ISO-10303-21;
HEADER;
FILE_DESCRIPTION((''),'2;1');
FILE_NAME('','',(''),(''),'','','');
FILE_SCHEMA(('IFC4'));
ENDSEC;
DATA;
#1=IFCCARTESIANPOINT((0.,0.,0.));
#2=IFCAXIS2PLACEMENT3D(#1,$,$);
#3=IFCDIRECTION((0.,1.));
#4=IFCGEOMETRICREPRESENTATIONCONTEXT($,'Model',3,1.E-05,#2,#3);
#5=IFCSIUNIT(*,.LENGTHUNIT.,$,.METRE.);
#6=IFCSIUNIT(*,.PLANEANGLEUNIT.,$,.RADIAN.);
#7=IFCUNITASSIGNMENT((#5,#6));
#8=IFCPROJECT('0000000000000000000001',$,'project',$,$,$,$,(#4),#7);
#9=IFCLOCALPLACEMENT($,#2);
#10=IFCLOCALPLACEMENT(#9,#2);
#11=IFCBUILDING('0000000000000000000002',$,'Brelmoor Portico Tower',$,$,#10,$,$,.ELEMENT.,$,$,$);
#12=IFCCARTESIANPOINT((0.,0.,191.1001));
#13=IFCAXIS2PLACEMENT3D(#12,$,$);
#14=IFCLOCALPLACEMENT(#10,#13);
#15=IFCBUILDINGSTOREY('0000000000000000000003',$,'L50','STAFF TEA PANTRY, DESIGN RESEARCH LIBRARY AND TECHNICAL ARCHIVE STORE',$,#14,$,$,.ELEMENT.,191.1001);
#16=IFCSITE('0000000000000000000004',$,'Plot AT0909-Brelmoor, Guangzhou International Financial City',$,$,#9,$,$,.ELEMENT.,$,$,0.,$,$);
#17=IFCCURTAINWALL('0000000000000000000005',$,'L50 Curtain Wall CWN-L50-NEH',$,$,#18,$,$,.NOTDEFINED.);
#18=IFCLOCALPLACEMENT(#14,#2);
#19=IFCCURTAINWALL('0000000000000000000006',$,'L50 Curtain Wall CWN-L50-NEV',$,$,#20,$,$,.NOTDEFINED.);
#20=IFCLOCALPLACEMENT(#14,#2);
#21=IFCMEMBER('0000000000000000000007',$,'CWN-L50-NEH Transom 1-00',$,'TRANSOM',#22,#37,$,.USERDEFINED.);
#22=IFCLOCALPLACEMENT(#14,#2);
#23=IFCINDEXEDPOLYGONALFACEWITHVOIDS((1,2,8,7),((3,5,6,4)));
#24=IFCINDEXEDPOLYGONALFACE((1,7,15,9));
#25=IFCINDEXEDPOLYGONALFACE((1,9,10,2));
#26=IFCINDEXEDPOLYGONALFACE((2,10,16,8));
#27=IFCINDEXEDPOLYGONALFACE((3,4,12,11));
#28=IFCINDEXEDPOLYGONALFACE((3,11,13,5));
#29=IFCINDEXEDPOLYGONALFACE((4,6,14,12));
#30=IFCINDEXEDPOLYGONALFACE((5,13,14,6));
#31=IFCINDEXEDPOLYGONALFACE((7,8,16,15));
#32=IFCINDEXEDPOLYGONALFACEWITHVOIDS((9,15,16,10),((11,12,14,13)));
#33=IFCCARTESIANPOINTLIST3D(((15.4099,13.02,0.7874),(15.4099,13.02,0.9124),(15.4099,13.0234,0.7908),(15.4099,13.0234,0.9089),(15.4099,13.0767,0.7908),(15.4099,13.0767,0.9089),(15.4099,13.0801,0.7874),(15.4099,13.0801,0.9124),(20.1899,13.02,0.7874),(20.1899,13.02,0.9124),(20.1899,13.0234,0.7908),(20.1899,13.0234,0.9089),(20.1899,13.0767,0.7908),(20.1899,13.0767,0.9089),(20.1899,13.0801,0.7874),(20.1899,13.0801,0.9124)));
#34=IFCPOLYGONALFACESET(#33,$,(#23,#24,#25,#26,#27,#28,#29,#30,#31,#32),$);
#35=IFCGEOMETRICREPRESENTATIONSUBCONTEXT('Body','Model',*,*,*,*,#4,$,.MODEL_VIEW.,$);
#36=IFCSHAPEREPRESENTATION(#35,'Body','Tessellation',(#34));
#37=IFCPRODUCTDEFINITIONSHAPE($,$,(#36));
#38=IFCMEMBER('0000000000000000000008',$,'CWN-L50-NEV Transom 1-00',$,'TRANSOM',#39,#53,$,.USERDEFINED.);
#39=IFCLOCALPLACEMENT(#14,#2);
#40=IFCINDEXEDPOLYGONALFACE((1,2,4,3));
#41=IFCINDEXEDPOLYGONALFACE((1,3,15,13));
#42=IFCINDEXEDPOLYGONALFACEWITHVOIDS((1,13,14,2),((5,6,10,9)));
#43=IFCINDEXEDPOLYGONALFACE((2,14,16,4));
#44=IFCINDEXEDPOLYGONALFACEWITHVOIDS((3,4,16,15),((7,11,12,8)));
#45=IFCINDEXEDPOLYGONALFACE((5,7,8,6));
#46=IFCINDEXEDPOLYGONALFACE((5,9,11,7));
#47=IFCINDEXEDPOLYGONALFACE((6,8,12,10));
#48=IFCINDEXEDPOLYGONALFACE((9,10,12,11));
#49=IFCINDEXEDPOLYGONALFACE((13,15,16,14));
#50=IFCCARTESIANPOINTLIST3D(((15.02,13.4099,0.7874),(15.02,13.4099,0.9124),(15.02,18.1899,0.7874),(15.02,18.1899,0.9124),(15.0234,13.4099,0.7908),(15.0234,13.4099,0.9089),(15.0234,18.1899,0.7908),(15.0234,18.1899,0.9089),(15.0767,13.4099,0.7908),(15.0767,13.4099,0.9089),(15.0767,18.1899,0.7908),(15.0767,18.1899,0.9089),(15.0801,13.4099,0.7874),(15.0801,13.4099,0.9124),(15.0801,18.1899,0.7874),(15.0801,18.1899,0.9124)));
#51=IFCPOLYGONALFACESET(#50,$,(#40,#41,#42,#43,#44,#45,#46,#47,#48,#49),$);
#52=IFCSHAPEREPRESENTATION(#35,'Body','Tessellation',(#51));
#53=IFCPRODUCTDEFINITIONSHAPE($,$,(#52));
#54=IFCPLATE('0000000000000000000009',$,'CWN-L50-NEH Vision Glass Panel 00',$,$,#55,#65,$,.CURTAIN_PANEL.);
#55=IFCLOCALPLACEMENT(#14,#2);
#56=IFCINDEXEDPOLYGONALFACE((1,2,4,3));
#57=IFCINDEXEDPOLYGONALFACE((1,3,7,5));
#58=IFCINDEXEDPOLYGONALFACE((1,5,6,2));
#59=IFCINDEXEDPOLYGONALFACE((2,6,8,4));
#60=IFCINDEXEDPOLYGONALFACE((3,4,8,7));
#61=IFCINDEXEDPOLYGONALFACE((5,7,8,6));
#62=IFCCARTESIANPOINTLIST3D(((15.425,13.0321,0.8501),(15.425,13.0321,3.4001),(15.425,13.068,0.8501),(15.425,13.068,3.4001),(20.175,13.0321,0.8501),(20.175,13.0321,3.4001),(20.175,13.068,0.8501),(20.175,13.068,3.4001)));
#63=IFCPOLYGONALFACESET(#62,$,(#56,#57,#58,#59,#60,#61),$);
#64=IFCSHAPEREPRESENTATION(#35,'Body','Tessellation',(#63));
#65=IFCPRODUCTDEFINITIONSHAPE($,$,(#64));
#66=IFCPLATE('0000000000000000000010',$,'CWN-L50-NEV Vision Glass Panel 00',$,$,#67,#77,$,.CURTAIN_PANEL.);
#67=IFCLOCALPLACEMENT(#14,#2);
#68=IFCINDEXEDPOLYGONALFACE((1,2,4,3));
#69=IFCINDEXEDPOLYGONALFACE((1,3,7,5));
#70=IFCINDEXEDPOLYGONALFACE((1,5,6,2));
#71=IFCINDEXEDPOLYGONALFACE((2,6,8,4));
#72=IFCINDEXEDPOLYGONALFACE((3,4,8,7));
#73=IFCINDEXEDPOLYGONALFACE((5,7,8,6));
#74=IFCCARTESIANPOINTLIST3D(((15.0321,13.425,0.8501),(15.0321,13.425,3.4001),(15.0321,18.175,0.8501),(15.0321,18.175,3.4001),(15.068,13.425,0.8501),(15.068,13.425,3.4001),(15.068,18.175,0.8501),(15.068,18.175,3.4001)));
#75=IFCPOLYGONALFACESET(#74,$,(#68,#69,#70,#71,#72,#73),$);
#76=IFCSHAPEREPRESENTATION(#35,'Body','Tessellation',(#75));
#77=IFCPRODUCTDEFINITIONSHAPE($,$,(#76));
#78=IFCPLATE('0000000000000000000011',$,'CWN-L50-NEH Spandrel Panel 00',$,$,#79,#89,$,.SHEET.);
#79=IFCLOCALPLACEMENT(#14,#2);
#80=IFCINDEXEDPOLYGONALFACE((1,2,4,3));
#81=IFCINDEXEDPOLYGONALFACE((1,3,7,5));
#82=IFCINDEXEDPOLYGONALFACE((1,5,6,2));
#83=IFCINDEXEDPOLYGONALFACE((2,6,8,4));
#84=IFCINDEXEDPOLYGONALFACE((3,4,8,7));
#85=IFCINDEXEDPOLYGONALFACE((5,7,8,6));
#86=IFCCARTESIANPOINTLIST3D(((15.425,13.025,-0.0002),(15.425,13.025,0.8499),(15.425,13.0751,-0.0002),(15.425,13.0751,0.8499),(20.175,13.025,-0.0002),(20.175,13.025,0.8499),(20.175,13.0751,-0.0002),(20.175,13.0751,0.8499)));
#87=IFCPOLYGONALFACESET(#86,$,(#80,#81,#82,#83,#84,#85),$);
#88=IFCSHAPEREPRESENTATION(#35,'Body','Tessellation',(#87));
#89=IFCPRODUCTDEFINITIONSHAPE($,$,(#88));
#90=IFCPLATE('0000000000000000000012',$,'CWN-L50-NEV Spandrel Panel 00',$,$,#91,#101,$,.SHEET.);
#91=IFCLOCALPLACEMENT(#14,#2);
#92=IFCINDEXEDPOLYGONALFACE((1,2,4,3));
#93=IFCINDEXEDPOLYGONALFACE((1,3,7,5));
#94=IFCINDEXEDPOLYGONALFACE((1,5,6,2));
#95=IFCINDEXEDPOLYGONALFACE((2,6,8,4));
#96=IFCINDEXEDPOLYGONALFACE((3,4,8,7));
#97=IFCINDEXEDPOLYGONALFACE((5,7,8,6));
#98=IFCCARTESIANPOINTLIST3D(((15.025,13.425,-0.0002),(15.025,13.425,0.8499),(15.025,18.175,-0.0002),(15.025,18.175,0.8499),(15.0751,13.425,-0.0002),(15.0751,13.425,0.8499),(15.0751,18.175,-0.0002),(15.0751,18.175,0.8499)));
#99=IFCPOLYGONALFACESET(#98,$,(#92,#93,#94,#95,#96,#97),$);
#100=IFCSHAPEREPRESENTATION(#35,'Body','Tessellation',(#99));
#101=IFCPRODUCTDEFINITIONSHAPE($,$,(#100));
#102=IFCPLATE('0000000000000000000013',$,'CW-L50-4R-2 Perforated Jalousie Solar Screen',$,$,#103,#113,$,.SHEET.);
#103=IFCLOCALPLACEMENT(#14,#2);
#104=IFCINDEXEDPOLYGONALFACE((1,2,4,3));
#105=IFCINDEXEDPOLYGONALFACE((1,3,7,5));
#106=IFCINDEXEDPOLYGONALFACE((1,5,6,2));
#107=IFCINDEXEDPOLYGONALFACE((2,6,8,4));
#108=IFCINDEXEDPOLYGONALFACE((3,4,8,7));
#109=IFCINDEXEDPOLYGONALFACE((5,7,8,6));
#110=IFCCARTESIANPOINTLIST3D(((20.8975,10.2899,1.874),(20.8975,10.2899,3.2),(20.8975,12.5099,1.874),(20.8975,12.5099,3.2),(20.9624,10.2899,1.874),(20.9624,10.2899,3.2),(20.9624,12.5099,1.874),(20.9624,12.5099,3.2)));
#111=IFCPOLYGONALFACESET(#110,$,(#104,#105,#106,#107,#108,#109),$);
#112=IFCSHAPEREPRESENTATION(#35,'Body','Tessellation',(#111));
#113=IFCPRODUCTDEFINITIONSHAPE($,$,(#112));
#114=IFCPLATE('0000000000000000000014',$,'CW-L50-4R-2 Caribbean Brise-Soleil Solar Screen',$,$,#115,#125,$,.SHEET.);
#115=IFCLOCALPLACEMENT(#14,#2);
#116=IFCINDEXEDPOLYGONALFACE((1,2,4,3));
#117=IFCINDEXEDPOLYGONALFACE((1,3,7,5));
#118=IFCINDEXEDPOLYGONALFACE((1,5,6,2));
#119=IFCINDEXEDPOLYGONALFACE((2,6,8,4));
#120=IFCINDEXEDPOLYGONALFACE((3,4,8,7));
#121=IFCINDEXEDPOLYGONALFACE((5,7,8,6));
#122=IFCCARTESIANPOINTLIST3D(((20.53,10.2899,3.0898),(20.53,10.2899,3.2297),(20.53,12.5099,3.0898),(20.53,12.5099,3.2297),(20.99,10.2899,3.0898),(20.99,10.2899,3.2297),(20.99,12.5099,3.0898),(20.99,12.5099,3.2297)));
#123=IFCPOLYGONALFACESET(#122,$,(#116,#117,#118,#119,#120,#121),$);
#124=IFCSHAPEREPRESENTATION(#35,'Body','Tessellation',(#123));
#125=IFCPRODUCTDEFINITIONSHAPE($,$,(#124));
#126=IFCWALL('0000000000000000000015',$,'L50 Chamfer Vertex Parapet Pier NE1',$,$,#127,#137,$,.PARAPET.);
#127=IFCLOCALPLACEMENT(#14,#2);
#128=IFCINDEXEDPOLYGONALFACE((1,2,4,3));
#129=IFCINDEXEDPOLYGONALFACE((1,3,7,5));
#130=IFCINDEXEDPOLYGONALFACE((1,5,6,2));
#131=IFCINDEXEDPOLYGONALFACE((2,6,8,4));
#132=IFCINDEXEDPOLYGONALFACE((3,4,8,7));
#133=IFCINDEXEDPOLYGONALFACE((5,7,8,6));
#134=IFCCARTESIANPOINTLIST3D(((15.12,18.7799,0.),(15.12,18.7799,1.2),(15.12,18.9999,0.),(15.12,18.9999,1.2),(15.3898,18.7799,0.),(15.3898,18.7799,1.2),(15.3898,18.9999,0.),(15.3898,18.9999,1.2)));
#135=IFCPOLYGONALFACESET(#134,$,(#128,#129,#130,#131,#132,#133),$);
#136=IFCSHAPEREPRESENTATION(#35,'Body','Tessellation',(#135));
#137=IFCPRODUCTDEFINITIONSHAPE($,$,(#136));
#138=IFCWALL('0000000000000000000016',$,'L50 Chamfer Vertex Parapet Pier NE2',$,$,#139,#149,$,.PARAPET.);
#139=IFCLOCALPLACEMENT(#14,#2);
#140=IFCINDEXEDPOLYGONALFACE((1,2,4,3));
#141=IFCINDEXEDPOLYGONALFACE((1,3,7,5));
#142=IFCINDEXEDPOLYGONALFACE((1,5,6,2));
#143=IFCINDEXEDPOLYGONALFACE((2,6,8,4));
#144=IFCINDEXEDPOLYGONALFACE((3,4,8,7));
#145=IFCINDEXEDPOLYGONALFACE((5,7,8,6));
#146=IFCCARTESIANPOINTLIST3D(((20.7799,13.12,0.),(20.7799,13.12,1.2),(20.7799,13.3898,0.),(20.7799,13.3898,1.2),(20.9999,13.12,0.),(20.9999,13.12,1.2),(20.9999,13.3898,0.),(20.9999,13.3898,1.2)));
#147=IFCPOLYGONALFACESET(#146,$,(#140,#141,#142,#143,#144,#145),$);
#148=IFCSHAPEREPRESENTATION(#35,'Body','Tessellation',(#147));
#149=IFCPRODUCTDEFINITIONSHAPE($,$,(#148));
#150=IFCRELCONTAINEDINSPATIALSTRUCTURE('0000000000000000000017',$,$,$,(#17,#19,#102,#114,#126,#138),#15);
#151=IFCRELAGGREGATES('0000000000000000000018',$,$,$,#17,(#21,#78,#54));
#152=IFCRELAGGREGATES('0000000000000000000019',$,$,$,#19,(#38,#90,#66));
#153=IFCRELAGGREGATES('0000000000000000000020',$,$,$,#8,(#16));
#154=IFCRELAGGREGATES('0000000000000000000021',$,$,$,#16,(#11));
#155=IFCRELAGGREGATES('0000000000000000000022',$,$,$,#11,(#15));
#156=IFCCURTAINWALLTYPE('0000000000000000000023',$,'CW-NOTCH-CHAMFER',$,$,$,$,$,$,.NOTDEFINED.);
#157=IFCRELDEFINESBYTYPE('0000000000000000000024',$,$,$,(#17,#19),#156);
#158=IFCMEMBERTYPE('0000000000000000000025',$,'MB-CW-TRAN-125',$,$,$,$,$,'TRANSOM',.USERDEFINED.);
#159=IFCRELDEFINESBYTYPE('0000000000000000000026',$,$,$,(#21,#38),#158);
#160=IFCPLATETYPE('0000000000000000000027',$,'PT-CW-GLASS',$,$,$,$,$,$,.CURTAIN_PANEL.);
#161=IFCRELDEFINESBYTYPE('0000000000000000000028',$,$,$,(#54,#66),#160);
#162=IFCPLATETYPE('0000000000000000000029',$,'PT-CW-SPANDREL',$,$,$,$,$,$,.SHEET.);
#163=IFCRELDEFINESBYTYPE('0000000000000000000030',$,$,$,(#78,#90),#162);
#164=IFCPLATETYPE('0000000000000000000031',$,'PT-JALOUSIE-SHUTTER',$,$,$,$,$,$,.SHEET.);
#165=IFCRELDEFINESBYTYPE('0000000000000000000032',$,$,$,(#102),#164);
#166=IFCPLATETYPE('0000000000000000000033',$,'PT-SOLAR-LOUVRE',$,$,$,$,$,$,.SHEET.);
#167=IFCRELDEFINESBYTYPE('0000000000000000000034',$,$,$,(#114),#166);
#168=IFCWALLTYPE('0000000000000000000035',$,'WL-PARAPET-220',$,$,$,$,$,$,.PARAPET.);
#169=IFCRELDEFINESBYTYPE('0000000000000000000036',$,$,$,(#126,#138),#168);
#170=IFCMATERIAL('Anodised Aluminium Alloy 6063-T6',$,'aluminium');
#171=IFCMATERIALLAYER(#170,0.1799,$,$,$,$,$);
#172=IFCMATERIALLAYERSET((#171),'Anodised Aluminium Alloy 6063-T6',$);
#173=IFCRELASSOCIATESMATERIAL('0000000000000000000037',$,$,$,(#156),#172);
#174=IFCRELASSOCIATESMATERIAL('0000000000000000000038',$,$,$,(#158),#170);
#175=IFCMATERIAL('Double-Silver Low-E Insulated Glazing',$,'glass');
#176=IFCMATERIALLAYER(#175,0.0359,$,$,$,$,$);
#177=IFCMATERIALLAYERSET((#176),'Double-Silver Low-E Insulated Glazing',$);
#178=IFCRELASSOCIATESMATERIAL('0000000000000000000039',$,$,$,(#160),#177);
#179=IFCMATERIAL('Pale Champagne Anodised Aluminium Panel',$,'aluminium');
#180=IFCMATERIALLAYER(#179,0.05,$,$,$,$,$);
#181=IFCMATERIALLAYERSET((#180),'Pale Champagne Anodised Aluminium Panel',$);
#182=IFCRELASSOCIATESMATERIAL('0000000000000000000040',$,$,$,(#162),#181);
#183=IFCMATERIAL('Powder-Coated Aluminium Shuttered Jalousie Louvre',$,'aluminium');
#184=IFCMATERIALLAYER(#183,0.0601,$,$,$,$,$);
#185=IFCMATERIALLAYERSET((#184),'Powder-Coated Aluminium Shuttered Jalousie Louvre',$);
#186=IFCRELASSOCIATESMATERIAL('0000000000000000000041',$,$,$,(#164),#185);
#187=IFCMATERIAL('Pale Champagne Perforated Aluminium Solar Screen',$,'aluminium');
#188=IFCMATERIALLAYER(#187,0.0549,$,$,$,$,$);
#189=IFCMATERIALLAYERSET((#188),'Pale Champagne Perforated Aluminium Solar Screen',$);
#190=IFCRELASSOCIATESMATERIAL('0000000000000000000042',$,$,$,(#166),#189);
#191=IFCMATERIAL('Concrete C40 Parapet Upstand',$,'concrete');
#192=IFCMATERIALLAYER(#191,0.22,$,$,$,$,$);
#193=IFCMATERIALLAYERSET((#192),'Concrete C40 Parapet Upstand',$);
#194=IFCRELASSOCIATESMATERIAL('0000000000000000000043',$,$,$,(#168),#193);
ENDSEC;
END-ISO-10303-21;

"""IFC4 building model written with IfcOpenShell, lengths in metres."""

from ifc_helpers import new_model, si_unit, direction, frame, frame_2d, origin, origin_2d, place, context, subcontext, project, spatial, rectangle, hollow_rectangle, extrude, material, layer, layer_set, material_profile, profile_set, type_object, element, aggregate, save


model = new_model("IFC4")

# Units and contexts
model_context = context("Model", 3, precision=1e-05, world=origin(), true_north=direction((0.0, 1.0)))
body_context = subcontext(model_context, "Body", "Model", "MODEL_VIEW")
ifc_project = project(units=[si_unit("LENGTHUNIT", "METRE"), si_unit("PLANEANGLEUNIT", "RADIAN")], contexts=[model_context])

# Site, building, storey
site_placement = place(None, origin())
site = spatial("IfcSite", under=ifc_project, at=site_placement, Name="Plot AT0909-Brelmoor, Guangzhou International Financial City", CompositionType="ELEMENT", RefElevation=0.0)
building_placement = place(site_placement, origin())
building = spatial("IfcBuilding", under=site, at=building_placement, Name="Brelmoor Portico Tower", CompositionType="ELEMENT")
storey_placement = place(building_placement, frame((0.0, 0.0, 191.1001)))
storey = spatial("IfcBuildingStorey", under=building, at=storey_placement, Name="L50", Description="STAFF TEA PANTRY, DESIGN RESEARCH LIBRARY AND TECHNICAL ARCHIVE STORE", CompositionType="ELEMENT", Elevation=191.1001)

# Shared definitions
ifc_material_1 = material(Name="Anodised Aluminium Alloy 6063-T6", Category="aluminium")

# Curtain walls
ifc_layer_1 = layer(ifc_material_1, 0.1799)
ifc_layer_set_1 = layer_set([ifc_layer_1], Name="Anodised Aluminium Alloy 6063-T6")
curtain_wall_type_1 = type_object("IfcCurtainWallType", Name="CW-NOTCH-CHAMFER", PredefinedType="NOTDEFINED", material=ifc_layer_set_1)
curtain_wall_1_placement = place(storey_placement, origin())
curtain_wall_1 = element("IfcCurtainWall", 1, at=curtain_wall_1_placement, inside=storey, type_object=curtain_wall_type_1, Name="L50 Curtain Wall CWN-L50-NEH", PredefinedType="NOTDEFINED")
curtain_wall_2_placement = place(storey_placement, origin())
curtain_wall_2 = element("IfcCurtainWall", 2, at=curtain_wall_2_placement, inside=storey, type_object=curtain_wall_type_1, Name="L50 Curtain Wall CWN-L50-NEV", PredefinedType="NOTDEFINED")

# Members
ifc_material_profile_1 = material_profile(ifc_material_1, hollow_rectangle(XDim=0.0601, YDim=0.125, WallThickness=0.0034, at=origin_2d()), Name="ALU TRANSOM 60x125")
ifc_profile_set_1 = profile_set([ifc_material_profile_1], Name="Anodised Aluminium Alloy 6063-T6")
member_type_1 = type_object("IfcMemberType", Name="MB-CW-TRAN-125", ElementType="TRANSOM", PredefinedType="USERDEFINED", material=ifc_profile_set_1)
member_1_placement = place(storey_placement, frame((15.4099, 13.05, 0.8499), z_axis=(1.0, 0.0, 0.0), x_axis=(0.0, 1.0, 0.0)))
member_1 = element("IfcMember", 3, at=member_1_placement, type_object=member_type_1, Name="CWN-L50-NEH Transom 1-00", ObjectType="TRANSOM", PredefinedType="USERDEFINED", context=body_context, shape_type="SweptSolid", body=[
    extrude(hollow_rectangle(XDim=0.0601, YDim=0.125, WallThickness=0.0034, at=origin_2d()), origin(), (0.0, 0.0, 1.0), 4.78),
])
member_2_placement = place(storey_placement, frame((15.05, 13.4099, 0.8499), z_axis=(0.0, 1.0, 0.0), x_axis=(-1.0, 0.0, 0.0)))
member_2 = element("IfcMember", 4, at=member_2_placement, type_object=member_type_1, Name="CWN-L50-NEV Transom 1-00", ObjectType="TRANSOM", PredefinedType="USERDEFINED", context=body_context, shape_type="SweptSolid", body=[
    extrude(hollow_rectangle(XDim=0.0601, YDim=0.125, WallThickness=0.0034, at=origin_2d()), origin(), (0.0, 0.0, 1.0), 4.78),
])

# Plates
ifc_material_2 = material(Name="Double-Silver Low-E Insulated Glazing", Category="glass")
ifc_layer_2 = layer(ifc_material_2, 0.0359)
ifc_layer_set_2 = layer_set([ifc_layer_2], Name="Double-Silver Low-E Insulated Glazing")
plate_type_1 = type_object("IfcPlateType", Name="PT-CW-GLASS", PredefinedType="CURTAIN_PANEL", material=ifc_layer_set_2)
plate_1_placement = place(storey_placement, frame((17.8, 13.05, 0.8501), z_axis=(0.0, 0.0, 1.0), x_axis=(1.0, 0.0, 0.0)))
plate_1 = element("IfcPlate", 5, at=plate_1_placement, type_object=plate_type_1, Name="CWN-L50-NEH Vision Glass Panel 00", PredefinedType="CURTAIN_PANEL", context=body_context, shape_type="SweptSolid", body=[
    extrude(rectangle(XDim=4.75, YDim=0.0359, at=origin_2d()), origin(), (0.0, 0.0, 1.0), 2.55),
])
plate_2_placement = place(storey_placement, frame((15.05, 15.8, 0.8501), z_axis=(0.0, 0.0, 1.0), x_axis=(0.0, 1.0, 0.0)))
plate_2 = element("IfcPlate", 6, at=plate_2_placement, type_object=plate_type_1, Name="CWN-L50-NEV Vision Glass Panel 00", PredefinedType="CURTAIN_PANEL", context=body_context, shape_type="SweptSolid", body=[
    extrude(rectangle(XDim=4.75, YDim=0.0359, at=origin_2d()), origin(), (0.0, 0.0, 1.0), 2.55),
])
ifc_material_3 = material(Name="Pale Champagne Anodised Aluminium Panel", Category="aluminium")
ifc_layer_3 = layer(ifc_material_3, 0.05)
ifc_layer_set_3 = layer_set([ifc_layer_3], Name="Pale Champagne Anodised Aluminium Panel")
plate_type_2 = type_object("IfcPlateType", Name="PT-CW-SPANDREL", PredefinedType="SHEET", material=ifc_layer_set_3)
plate_3_placement = place(storey_placement, frame((17.8, 13.05, -0.0002), z_axis=(0.0, 0.0, 1.0), x_axis=(1.0, 0.0, 0.0)))
plate_3 = element("IfcPlate", 7, at=plate_3_placement, type_object=plate_type_2, Name="CWN-L50-NEH Spandrel Panel 00", PredefinedType="SHEET", context=body_context, shape_type="SweptSolid", body=[
    extrude(rectangle(XDim=4.75, YDim=0.05, at=origin_2d()), origin(), (0.0, 0.0, 1.0), 0.8501),
])
aggregate(curtain_wall_1, [member_1, plate_3, plate_1])
plate_4_placement = place(storey_placement, frame((15.05, 15.8, -0.0002), z_axis=(0.0, 0.0, 1.0), x_axis=(0.0, 1.0, 0.0)))
plate_4 = element("IfcPlate", 8, at=plate_4_placement, type_object=plate_type_2, Name="CWN-L50-NEV Spandrel Panel 00", PredefinedType="SHEET", context=body_context, shape_type="SweptSolid", body=[
    extrude(rectangle(XDim=4.75, YDim=0.05, at=origin_2d()), origin(), (0.0, 0.0, 1.0), 0.8501),
])
aggregate(curtain_wall_2, [member_2, plate_4, plate_2])

# Plates
ifc_material_4 = material(Name="Powder-Coated Aluminium Shuttered Jalousie Louvre", Category="aluminium")
ifc_layer_4 = layer(ifc_material_4, 0.0601)
ifc_layer_set_4 = layer_set([ifc_layer_4], Name="Powder-Coated Aluminium Shuttered Jalousie Louvre")
plate_type_3 = type_object("IfcPlateType", Name="PT-JALOUSIE-SHUTTER", PredefinedType="SHEET", material=ifc_layer_set_4)
plate_5_placement = place(storey_placement, frame((20.9299, 11.3999, 1.874), z_axis=(0.0, 0.0, 1.0), x_axis=(0.0, 1.0, 0.0)))
element("IfcPlate", 9, at=plate_5_placement, inside=storey, type_object=plate_type_3, Name="CW-L50-4R-2 Perforated Jalousie Solar Screen", PredefinedType="SHEET", context=body_context, shape_type="SweptSolid", body=[
    extrude(rectangle(XDim=2.22, YDim=0.0649, at=origin_2d()), origin(), (0.0, 0.0, 1.0), 1.3259),
])
ifc_material_5 = material(Name="Pale Champagne Perforated Aluminium Solar Screen", Category="aluminium")
ifc_layer_5 = layer(ifc_material_5, 0.0549)
ifc_layer_set_5 = layer_set([ifc_layer_5], Name="Pale Champagne Perforated Aluminium Solar Screen")
plate_type_4 = type_object("IfcPlateType", Name="PT-SOLAR-LOUVRE", PredefinedType="SHEET", material=ifc_layer_set_5)
plate_6_placement = place(storey_placement, frame((20.76, 11.3999, 3.0898), z_axis=(0.0, 0.0, 1.0), x_axis=(0.0, 1.0, 0.0)))
element("IfcPlate", 10, at=plate_6_placement, inside=storey, type_object=plate_type_4, Name="CW-L50-4R-2 Caribbean Brise-Soleil Solar Screen", PredefinedType="SHEET", context=body_context, shape_type="SweptSolid", body=[
    extrude(rectangle(XDim=2.22, YDim=0.46, at=origin_2d()), origin(), (0.0, 0.0, 1.0), 0.1399),
])

# Walls
ifc_material_6 = material(Name="Concrete C40 Parapet Upstand", Category="concrete")
ifc_layer_6 = layer(ifc_material_6, 0.22)
ifc_layer_set_6 = layer_set([ifc_layer_6], Name="Concrete C40 Parapet Upstand")
wall_type = type_object("IfcWallType", Name="WL-PARAPET-220", PredefinedType="PARAPET", material=ifc_layer_set_6)
for number, where, z_axis, x_axis, name in (
    (11, (15.1201, 18.8899, 0.0), (0.0, 0.0, 1.0), (1.0, 0.0, 0.0), "L50 Chamfer Vertex Parapet Pier NE1"),
    (12, (20.8899, 13.1201, 0.0), (0.0, 0.0, 1.0), (0.0, 1.0, 0.0), "L50 Chamfer Vertex Parapet Pier NE2"),
):
    element("IfcWall", number, at=place(storey_placement, frame(where, z_axis=z_axis, x_axis=x_axis)), inside=storey, type_object=wall_type, Name=name, PredefinedType="PARAPET", context=body_context, shape_type="SweptSolid", body=[
        extrude(rectangle(XDim=0.2698, YDim=0.22, at=frame_2d((0.1348, 0.0))), origin(), (0.0, 0.0, 1.0), 1.2),
    ])

save(model, "model.ifc")
